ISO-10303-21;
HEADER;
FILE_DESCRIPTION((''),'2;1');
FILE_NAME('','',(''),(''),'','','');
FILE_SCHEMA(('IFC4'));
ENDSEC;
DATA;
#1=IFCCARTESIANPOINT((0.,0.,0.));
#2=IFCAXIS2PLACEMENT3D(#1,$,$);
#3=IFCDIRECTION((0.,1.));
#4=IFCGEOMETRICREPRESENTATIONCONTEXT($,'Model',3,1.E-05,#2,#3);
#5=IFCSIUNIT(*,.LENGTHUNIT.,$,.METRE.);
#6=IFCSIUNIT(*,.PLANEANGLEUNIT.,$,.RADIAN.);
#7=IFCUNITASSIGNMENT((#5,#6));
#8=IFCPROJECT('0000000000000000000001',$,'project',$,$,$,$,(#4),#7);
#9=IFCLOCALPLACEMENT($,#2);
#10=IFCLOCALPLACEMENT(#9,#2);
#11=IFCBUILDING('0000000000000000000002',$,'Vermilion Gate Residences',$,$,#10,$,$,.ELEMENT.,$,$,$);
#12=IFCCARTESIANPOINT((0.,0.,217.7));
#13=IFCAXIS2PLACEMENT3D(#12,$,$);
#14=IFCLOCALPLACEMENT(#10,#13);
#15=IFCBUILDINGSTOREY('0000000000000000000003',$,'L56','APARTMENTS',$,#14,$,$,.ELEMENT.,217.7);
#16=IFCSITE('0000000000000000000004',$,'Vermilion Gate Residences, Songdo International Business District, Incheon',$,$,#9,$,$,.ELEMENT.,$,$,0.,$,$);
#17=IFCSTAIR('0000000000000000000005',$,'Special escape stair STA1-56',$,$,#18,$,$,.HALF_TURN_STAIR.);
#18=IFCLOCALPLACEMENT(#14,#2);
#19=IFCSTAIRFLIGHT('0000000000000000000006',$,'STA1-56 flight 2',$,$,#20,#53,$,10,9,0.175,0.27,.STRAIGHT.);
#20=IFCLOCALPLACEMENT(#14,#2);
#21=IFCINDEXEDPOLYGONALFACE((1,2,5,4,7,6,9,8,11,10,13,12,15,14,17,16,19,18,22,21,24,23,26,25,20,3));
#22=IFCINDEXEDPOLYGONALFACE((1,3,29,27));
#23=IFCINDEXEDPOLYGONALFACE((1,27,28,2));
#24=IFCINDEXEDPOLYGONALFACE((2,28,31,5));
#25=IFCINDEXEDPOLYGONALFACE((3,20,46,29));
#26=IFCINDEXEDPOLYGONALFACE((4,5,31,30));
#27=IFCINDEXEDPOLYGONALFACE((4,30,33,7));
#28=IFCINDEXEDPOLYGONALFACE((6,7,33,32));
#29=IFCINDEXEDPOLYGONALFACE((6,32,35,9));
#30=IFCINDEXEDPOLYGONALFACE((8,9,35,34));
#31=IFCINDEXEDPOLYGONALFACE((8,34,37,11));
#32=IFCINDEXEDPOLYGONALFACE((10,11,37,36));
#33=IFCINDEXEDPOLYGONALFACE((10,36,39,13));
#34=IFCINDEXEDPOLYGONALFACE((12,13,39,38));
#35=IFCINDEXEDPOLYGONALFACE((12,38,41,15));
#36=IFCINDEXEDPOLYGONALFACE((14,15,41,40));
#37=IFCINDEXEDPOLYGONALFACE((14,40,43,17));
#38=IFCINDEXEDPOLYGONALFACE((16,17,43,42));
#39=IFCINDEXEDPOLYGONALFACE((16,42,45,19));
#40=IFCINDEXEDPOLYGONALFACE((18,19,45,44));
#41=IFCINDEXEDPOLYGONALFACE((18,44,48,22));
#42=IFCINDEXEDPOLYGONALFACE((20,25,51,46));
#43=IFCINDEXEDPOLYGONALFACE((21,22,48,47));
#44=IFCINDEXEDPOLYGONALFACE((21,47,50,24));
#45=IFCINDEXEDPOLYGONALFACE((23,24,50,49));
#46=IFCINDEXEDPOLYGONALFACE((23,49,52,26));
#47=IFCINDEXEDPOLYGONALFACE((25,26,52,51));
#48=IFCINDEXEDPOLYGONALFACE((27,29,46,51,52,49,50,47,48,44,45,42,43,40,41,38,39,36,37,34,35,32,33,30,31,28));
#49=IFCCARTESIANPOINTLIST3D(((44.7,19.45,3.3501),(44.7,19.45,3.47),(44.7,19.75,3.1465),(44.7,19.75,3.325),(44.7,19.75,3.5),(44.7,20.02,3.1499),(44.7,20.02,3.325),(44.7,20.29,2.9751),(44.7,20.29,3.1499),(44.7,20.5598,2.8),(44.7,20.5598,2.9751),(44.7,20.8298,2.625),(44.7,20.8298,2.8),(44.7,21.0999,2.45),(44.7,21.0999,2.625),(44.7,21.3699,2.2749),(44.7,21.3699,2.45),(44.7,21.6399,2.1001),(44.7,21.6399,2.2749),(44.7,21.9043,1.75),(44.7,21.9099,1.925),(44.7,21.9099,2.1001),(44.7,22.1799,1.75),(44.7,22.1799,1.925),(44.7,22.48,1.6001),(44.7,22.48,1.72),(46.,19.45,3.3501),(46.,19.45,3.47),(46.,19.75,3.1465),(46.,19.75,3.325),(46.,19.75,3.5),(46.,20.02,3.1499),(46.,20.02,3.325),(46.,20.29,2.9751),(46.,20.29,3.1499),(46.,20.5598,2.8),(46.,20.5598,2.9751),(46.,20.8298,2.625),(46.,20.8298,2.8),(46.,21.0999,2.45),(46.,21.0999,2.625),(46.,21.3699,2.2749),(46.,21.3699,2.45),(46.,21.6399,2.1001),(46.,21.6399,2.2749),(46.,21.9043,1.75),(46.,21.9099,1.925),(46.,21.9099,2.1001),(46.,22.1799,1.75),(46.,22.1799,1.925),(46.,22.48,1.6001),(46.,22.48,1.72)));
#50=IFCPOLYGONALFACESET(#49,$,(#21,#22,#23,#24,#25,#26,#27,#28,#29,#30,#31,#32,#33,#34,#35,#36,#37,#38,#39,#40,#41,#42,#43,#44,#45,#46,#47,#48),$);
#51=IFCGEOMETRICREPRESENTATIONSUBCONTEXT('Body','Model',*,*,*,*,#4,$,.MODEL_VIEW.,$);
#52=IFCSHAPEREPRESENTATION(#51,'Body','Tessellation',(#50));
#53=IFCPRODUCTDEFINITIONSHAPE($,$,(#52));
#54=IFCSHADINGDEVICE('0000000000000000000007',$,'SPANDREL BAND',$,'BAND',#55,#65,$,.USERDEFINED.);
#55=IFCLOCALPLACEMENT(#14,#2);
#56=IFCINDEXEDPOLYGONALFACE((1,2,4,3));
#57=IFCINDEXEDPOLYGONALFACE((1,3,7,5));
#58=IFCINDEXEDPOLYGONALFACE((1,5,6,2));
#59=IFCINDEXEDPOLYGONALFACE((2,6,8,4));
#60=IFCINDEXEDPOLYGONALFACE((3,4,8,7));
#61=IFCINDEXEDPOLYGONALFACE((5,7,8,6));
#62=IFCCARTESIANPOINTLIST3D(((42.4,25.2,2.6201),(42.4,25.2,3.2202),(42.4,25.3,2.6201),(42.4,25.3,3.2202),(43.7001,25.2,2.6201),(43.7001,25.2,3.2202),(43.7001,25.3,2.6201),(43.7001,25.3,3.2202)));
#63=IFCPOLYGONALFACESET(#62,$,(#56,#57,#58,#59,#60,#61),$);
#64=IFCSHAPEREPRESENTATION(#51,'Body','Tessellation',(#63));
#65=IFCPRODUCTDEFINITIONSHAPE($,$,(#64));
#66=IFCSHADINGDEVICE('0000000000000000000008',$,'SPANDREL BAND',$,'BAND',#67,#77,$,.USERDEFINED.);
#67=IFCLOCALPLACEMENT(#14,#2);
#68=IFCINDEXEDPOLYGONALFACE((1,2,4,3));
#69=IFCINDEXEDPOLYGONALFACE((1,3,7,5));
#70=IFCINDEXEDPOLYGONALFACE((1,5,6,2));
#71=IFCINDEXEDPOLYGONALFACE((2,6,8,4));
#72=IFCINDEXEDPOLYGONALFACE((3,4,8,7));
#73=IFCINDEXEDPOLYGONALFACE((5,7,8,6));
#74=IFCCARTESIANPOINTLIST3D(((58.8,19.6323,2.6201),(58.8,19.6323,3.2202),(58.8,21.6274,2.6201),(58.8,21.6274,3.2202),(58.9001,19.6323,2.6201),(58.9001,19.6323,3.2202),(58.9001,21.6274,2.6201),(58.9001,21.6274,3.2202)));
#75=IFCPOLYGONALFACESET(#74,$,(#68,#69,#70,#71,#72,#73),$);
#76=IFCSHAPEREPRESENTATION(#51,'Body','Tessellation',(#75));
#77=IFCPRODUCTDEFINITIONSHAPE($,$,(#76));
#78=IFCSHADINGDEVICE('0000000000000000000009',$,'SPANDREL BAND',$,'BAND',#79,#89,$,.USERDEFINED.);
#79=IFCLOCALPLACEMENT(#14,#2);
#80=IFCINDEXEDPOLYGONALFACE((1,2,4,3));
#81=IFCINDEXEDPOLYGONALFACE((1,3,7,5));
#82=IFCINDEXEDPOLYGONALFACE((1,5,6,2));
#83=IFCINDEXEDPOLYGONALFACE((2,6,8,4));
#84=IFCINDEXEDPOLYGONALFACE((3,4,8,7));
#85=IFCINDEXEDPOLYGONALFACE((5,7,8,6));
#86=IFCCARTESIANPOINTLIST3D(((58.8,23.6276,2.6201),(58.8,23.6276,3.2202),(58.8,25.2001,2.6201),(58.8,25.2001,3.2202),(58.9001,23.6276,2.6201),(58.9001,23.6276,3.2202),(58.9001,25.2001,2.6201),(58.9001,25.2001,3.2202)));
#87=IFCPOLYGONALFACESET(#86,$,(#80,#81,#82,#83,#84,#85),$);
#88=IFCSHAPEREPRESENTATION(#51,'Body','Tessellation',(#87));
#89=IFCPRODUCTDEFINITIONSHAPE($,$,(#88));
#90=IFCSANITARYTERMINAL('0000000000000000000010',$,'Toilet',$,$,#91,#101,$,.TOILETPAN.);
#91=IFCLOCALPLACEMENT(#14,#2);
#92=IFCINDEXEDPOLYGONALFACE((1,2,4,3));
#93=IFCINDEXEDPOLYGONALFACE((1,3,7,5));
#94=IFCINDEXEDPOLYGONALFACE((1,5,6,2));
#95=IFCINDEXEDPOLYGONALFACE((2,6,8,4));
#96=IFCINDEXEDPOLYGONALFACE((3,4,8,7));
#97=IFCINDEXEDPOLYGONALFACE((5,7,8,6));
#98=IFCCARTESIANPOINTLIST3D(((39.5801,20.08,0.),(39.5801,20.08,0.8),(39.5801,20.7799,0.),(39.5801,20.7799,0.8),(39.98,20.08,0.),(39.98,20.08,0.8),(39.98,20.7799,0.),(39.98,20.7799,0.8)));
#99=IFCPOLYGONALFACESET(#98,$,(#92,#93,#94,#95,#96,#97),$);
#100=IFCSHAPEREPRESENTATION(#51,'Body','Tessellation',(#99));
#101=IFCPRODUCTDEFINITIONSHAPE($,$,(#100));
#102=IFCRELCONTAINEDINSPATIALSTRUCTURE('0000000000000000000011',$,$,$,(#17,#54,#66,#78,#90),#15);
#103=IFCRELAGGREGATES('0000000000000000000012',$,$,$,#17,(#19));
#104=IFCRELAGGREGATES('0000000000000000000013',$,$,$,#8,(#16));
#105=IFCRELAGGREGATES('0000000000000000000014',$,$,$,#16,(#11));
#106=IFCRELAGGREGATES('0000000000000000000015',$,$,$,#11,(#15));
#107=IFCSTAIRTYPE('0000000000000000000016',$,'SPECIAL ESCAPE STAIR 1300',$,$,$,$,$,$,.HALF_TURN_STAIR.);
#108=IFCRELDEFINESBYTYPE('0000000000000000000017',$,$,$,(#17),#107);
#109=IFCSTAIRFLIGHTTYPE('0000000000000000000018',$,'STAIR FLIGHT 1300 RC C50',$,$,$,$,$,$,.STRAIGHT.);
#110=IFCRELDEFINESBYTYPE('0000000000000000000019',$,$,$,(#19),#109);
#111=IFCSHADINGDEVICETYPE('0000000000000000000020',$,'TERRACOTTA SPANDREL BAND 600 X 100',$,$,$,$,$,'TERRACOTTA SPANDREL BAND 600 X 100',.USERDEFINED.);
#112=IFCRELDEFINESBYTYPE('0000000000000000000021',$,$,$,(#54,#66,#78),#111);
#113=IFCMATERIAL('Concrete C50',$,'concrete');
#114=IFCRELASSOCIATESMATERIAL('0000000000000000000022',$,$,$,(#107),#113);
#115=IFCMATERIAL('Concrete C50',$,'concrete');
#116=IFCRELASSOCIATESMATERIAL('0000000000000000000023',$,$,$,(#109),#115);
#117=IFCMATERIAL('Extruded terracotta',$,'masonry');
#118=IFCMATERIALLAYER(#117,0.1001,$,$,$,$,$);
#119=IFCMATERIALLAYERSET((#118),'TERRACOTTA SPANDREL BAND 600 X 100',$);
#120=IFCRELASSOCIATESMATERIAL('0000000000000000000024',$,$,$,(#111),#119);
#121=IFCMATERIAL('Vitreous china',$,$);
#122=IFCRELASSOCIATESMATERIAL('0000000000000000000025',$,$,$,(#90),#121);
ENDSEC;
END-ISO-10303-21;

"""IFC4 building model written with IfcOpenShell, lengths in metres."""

from ifc_helpers import new_model, si_unit, direction, frame, origin, origin_2d, place, context, subcontext, project, spatial, polyline, rectangle, outline, extrude, material, layer, layer_set, type_object, element, aggregate, save


model = new_model("IFC4")

# Units and contexts
model_context = context("Model", 3, precision=1e-05, world=origin(), true_north=direction((0.0, 1.0)))
body_context = subcontext(model_context, "Body", "Model", "MODEL_VIEW")
ifc_project = project(units=[si_unit("LENGTHUNIT", "METRE"), si_unit("PLANEANGLEUNIT", "RADIAN")], contexts=[model_context])

# Site, building, storey
site_placement = place(None, origin())
site = spatial("IfcSite", under=ifc_project, at=site_placement, Name="Vermilion Gate Residences, Songdo International Business District, Incheon", CompositionType="ELEMENT", RefElevation=0.0)
building_placement = place(site_placement, origin())
building = spatial("IfcBuilding", under=site, at=building_placement, Name="Vermilion Gate Residences", CompositionType="ELEMENT")
storey_placement = place(building_placement, frame((0.0, 0.0, 217.7)))
storey = spatial("IfcBuildingStorey", under=building, at=storey_placement, Name="L56", Description="APARTMENTS", CompositionType="ELEMENT", Elevation=217.7)

# Stair, stair flight
ifc_material_1 = material(Name="Concrete C50", Category="concrete")
stair_type = type_object("IfcStairType", Name="SPECIAL ESCAPE STAIR 1300", PredefinedType="HALF_TURN_STAIR", material=ifc_material_1)
stair_placement = place(storey_placement, origin())
stair = element("IfcStair", 1, at=stair_placement, inside=storey, type_object=stair_type, Name="Special escape stair STA1-56", PredefinedType="HALF_TURN_STAIR")
ifc_material_2 = material(Name="Concrete C50", Category="concrete")
stair_flight_type = type_object("IfcStairFlightType", Name="STAIR FLIGHT 1300 RC C50", PredefinedType="STRAIGHT", material=ifc_material_2)
stair_flight_placement = place(storey_placement, frame((45.3501, 22.1799, 1.75), z_axis=(0.0, 0.0, 1.0), x_axis=(0.0, -1.0, 0.0)))
stair_flight = element("IfcStairFlight", 2, at=stair_flight_placement, type_object=stair_flight_type, Name="STA1-56 flight 2", NumberOfRisers=10, NumberOfTreads=9, PredefinedType="STRAIGHT", RiserHeight=0.175, TreadLength=0.27, context=body_context, shape_type="SweptSolid", body=[
    extrude(outline(polyline([(-0.3, -0.1499), (-0.3, -0.03), (0.0, 0.0), (0.0, 0.175), (0.27, 0.175), (0.27, 0.3501), (0.54, 0.3501), (0.54, 0.5249), (0.8101, 0.5249), (0.8101, 0.7), (1.0801, 0.7), (1.0801, 0.875), (1.3501, 0.875), (1.3501, 1.05), (1.6201, 1.05), (1.6201, 1.2251), (1.8899, 1.2251), (1.8899, 1.3999), (2.1599, 1.3999), (2.1599, 1.575), (2.4299, 1.575), (2.4299, 1.75), (2.73, 1.72), (2.73, 1.6001), (2.4299, 1.3965), (0.2756, 0.0), (-0.3, -0.1499)])), frame((0.0, 0.6499, 0.0), z_axis=(0.0, -1.0, 0.0), x_axis=(1.0, 0.0, 0.0)), (0.0, 0.0, 1.0), 1.3),
])
aggregate(stair, [stair_flight])

# Shading devices
ifc_material_3 = material(Name="Extruded terracotta", Category="masonry")
ifc_layer_1 = layer(ifc_material_3, 0.1001)
ifc_layer_set_1 = layer_set([ifc_layer_1], Name="TERRACOTTA SPANDREL BAND 600 X 100")
shading_device_type = type_object("IfcShadingDeviceType", Name="TERRACOTTA SPANDREL BAND 600 X 100", ElementType="TERRACOTTA SPANDREL BAND 600 X 100", PredefinedType="USERDEFINED", material=ifc_layer_set_1)
shading_device_1_placement = place(storey_placement, frame((43.05, 25.25, 2.6201), z_axis=(0.0, 0.0, 1.0), x_axis=(1.0, 0.0, 0.0)))
element("IfcShadingDevice", 3, at=shading_device_1_placement, inside=storey, type_object=shading_device_type, Name="SPANDREL BAND", ObjectType="BAND", PredefinedType="USERDEFINED", context=body_context, shape_type="SweptSolid", body=[
    extrude(rectangle(XDim=1.3, YDim=0.1001, at=origin_2d()), origin(), (0.0, 0.0, 1.0), 0.6001),
])
shading_device_2_placement = place(storey_placement, frame((58.8501, 20.6299, 2.6201), z_axis=(0.0, 0.0, 1.0), x_axis=(0.0, 1.0, 0.0)))
element("IfcShadingDevice", 4, at=shading_device_2_placement, inside=storey, type_object=shading_device_type, Name="SPANDREL BAND", ObjectType="BAND", PredefinedType="USERDEFINED", context=body_context, shape_type="SweptSolid", body=[
    extrude(rectangle(XDim=1.9951, YDim=0.1001, at=origin_2d()), origin(), (0.0, 0.0, 1.0), 0.6001),
])
shading_device_3_placement = place(storey_placement, frame((58.8501, 24.4138, 2.6201), z_axis=(0.0, 0.0, 1.0), x_axis=(0.0, 1.0, 0.0)))
element("IfcShadingDevice", 5, at=shading_device_3_placement, inside=storey, type_object=shading_device_type, Name="SPANDREL BAND", ObjectType="BAND", PredefinedType="USERDEFINED", context=body_context, shape_type="SweptSolid", body=[
    extrude(rectangle(XDim=1.5725, YDim=0.1001, at=origin_2d()), origin(), (0.0, 0.0, 1.0), 0.6001),
])

# Sanitary terminal
ifc_material_4 = material(Name="Vitreous china")
sanitary_terminal_placement = place(storey_placement, frame((39.78, 20.4299, 0.0), z_axis=(0.0, 0.0, 1.0), x_axis=(1.0, 0.0, 0.0)))
element("IfcSanitaryTerminal", 6, at=sanitary_terminal_placement, inside=storey, material=ifc_material_4, Name="Toilet", PredefinedType="TOILETPAN", context=body_context, shape_type="SweptSolid", body=[
    extrude(rectangle(XDim=0.3999, YDim=0.7, at=origin_2d()), origin(), (0.0, 0.0, 1.0), 0.8),
])

save(model, "model.ifc")
